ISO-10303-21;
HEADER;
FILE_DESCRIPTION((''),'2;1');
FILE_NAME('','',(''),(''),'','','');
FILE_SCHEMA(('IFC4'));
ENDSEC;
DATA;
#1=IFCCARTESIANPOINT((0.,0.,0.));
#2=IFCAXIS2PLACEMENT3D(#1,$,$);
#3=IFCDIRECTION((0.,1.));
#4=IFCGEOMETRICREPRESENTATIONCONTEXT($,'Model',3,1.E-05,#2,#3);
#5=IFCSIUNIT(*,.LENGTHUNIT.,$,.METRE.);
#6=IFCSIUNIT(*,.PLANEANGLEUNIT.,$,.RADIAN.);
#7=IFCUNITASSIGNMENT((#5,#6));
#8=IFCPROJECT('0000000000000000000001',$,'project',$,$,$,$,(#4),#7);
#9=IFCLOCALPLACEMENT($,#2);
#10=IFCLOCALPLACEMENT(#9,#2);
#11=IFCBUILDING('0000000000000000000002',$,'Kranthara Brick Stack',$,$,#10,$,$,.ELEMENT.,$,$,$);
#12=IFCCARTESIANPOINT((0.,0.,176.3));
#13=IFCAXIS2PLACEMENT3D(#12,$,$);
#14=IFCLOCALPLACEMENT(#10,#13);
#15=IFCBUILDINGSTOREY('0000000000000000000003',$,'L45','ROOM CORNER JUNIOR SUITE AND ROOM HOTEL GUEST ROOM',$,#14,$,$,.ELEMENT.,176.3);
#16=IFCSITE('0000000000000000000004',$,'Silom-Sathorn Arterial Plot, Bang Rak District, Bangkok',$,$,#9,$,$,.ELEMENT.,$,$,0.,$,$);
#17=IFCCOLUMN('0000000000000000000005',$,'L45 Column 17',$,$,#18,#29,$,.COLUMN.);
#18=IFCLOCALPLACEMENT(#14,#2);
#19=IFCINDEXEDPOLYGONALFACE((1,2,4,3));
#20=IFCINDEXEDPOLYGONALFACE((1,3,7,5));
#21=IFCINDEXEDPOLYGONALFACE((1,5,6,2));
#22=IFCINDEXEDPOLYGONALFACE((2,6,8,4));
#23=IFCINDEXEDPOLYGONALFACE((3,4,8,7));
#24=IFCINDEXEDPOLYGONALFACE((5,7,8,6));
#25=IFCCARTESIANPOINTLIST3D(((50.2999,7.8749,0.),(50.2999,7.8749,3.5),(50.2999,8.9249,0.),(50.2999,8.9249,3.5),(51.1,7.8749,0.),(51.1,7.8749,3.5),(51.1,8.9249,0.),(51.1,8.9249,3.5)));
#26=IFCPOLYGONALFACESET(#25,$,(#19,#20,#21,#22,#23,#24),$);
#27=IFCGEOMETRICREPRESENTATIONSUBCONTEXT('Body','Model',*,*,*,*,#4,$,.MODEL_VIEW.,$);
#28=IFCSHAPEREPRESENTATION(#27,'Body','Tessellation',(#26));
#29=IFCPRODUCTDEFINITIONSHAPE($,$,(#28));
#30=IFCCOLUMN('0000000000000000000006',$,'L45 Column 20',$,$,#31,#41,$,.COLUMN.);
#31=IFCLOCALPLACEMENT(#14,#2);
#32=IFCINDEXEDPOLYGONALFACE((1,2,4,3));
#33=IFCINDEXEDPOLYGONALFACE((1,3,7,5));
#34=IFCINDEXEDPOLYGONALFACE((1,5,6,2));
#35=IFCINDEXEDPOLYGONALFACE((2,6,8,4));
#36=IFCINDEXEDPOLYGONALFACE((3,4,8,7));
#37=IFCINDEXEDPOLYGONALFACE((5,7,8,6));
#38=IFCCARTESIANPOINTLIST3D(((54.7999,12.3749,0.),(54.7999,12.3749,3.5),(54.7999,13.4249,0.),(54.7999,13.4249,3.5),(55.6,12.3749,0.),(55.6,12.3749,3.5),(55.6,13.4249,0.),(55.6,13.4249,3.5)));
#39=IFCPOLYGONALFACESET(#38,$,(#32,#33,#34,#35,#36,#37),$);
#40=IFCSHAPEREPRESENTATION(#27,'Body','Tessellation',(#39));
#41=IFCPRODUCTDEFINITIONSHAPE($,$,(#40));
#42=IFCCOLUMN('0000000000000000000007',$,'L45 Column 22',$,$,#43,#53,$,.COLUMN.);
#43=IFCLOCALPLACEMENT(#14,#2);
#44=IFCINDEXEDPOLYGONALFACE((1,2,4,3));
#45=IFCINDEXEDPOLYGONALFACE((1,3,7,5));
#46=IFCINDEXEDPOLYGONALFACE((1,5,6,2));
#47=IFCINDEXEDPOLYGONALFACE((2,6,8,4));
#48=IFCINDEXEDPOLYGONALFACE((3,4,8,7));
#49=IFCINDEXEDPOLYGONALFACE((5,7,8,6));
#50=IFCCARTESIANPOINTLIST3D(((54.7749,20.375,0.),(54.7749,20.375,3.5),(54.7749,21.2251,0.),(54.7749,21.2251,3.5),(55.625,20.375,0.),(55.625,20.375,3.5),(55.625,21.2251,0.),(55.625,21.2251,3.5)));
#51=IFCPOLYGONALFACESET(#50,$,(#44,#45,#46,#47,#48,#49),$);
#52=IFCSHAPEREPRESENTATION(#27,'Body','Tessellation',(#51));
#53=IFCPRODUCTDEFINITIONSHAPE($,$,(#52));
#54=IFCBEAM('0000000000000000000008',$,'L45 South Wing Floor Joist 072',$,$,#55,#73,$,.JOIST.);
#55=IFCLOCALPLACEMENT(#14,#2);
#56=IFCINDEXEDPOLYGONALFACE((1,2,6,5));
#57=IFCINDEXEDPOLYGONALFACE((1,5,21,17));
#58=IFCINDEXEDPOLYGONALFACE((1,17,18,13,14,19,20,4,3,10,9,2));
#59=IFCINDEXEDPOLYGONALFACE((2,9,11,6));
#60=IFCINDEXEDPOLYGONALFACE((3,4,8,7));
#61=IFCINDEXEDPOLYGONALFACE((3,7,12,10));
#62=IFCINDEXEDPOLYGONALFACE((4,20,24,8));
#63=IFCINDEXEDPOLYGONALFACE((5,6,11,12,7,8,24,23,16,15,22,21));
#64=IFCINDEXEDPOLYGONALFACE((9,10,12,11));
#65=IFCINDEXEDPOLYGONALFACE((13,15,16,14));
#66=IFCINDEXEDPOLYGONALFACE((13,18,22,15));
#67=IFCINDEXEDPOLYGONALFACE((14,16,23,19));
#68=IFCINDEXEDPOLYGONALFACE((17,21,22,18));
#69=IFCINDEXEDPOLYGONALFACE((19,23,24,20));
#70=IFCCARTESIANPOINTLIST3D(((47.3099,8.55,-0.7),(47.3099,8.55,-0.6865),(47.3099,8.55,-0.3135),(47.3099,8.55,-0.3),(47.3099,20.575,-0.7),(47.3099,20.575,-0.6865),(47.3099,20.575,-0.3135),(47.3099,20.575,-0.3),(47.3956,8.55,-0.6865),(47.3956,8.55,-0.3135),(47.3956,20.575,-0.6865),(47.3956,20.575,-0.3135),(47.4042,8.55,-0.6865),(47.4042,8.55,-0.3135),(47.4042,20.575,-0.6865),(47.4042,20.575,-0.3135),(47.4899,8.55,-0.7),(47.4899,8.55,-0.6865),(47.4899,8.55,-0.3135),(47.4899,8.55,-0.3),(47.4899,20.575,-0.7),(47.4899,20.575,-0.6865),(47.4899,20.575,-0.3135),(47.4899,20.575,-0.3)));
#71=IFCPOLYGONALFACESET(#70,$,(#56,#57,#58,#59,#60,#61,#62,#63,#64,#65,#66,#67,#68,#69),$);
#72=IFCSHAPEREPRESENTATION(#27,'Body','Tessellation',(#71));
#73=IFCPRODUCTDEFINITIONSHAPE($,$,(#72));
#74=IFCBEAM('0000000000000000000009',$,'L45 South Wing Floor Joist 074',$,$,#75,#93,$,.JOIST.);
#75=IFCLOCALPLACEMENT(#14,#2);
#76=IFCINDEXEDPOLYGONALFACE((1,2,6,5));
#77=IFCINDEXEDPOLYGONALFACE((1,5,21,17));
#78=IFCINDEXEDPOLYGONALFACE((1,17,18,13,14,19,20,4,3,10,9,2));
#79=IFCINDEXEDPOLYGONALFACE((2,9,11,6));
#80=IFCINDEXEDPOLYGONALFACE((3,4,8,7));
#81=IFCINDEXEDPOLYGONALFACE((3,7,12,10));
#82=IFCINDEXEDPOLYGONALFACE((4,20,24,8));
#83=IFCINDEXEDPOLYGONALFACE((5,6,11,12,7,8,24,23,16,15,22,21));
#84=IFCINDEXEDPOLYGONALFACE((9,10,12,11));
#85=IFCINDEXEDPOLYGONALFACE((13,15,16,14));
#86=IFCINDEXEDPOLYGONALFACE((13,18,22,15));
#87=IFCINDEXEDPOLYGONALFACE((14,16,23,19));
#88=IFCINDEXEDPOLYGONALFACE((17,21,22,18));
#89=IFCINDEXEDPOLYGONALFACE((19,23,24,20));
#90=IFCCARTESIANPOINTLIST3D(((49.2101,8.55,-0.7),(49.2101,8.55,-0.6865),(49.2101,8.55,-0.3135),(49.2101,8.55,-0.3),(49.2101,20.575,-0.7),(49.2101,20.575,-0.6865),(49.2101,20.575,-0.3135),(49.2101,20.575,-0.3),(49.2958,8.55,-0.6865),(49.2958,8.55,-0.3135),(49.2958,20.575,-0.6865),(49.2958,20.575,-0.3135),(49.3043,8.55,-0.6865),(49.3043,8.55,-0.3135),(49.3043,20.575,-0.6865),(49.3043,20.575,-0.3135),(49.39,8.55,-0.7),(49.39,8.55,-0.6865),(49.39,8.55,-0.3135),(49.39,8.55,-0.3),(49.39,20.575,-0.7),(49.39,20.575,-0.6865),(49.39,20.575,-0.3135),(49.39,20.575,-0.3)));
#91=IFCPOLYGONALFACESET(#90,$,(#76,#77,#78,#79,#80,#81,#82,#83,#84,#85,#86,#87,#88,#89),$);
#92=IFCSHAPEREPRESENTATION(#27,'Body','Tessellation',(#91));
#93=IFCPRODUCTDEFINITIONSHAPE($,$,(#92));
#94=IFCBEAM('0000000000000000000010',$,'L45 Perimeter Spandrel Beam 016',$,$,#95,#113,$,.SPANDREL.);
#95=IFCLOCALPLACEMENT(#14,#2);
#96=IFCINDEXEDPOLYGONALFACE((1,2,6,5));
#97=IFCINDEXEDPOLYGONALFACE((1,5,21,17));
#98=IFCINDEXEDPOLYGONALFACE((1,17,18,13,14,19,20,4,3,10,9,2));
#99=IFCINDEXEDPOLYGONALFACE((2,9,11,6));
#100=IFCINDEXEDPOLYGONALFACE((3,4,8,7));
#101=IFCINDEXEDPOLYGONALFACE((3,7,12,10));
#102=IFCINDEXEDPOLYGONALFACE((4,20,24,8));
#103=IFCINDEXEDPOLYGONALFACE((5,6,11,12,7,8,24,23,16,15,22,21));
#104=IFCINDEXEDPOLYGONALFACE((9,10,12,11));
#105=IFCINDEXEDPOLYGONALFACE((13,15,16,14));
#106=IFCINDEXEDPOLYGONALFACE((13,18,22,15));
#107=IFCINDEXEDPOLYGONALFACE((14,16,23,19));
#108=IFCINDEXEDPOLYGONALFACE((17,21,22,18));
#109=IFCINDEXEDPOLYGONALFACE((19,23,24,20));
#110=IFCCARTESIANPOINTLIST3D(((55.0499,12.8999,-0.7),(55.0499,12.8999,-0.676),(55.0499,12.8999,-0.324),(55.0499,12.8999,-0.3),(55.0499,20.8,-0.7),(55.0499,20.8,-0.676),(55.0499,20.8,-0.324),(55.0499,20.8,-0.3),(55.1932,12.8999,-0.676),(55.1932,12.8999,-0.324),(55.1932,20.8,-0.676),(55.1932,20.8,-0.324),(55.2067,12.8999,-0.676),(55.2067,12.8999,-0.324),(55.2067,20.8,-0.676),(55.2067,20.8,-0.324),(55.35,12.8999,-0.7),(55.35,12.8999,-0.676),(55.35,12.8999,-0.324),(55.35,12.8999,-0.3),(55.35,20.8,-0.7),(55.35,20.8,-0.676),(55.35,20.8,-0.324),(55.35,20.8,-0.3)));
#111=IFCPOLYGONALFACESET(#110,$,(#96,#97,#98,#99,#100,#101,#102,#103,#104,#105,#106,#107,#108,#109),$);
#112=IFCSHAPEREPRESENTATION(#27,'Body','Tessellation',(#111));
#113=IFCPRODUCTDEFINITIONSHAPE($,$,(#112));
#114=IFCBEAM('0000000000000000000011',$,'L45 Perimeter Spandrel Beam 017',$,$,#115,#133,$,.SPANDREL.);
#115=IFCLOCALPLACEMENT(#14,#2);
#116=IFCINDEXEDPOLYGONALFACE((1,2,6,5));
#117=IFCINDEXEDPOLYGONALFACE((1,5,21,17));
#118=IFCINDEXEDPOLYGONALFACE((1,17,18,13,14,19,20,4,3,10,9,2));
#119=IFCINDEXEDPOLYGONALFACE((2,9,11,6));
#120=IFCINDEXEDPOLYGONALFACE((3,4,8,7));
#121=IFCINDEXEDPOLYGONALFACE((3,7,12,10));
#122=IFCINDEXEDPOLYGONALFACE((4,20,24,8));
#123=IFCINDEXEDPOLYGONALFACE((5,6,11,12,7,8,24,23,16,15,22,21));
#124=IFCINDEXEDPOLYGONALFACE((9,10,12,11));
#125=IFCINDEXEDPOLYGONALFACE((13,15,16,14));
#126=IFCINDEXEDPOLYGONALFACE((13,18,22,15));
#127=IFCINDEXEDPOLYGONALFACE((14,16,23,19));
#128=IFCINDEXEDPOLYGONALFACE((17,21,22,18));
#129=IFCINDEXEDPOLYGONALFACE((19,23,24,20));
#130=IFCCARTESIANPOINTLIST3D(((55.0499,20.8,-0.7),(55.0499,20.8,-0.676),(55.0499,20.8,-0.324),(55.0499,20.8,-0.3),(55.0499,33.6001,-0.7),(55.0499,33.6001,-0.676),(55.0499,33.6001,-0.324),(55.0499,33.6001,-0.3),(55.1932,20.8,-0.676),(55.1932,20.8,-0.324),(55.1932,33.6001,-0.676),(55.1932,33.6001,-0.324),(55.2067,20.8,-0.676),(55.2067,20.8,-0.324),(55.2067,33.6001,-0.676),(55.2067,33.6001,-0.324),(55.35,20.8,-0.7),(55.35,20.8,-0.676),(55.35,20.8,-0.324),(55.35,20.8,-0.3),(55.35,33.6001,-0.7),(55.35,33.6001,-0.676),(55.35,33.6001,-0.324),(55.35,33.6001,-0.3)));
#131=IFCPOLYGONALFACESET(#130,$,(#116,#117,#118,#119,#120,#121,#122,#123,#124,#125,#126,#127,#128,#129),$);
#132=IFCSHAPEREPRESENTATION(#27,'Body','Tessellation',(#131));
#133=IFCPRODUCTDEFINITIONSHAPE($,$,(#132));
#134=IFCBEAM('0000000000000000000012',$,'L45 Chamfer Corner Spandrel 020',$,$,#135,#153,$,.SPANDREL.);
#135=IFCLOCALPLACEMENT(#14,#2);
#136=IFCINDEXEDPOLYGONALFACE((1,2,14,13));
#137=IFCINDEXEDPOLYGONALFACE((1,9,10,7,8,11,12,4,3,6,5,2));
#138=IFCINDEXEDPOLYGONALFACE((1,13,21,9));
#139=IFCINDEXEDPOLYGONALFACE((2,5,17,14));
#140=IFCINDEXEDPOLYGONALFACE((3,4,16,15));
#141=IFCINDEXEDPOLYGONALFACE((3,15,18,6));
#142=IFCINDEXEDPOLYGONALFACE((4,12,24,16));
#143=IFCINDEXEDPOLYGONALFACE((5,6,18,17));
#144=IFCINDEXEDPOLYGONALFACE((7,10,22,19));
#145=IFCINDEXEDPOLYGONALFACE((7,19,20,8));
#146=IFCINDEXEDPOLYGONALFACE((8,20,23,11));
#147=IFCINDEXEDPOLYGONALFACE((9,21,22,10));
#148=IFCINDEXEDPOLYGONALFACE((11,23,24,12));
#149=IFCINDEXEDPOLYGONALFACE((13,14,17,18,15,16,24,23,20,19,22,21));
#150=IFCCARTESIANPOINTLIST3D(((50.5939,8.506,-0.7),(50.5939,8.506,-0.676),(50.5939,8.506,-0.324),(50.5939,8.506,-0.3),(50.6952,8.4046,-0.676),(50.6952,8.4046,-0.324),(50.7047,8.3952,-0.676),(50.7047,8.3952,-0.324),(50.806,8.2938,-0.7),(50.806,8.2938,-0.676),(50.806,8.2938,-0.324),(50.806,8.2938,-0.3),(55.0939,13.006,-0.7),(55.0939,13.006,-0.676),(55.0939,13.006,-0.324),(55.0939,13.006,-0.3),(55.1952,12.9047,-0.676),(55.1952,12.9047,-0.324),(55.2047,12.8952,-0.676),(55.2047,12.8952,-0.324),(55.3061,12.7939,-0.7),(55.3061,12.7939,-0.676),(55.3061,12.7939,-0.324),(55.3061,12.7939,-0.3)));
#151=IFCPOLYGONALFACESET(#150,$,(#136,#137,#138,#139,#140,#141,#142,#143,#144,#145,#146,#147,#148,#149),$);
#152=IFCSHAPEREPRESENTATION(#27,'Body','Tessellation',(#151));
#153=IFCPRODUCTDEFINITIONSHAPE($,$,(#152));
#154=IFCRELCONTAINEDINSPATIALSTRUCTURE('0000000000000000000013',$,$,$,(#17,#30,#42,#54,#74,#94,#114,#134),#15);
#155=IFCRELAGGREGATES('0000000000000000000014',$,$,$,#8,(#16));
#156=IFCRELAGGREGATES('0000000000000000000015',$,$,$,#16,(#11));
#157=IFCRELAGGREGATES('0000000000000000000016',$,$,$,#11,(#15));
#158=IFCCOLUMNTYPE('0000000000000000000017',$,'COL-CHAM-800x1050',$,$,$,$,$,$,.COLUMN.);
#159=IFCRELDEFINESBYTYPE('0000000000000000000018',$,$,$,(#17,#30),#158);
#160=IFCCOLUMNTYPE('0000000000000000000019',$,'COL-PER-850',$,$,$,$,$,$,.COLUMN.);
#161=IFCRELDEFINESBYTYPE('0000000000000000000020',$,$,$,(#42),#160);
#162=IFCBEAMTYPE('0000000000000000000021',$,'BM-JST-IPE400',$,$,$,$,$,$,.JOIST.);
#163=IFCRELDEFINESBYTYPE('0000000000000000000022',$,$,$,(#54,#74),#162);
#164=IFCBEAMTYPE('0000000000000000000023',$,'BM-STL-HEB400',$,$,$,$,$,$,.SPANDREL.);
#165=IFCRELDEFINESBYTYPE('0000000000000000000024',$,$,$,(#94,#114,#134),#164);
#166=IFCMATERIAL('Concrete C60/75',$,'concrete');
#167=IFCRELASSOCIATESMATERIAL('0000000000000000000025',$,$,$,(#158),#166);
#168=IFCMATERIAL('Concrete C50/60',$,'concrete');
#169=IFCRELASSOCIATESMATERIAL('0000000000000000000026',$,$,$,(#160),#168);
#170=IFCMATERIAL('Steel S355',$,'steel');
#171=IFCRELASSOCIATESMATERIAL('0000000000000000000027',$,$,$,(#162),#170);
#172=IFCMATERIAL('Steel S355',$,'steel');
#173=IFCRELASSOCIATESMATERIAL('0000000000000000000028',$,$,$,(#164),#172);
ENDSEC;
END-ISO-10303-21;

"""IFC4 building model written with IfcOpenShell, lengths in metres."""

from ifc_helpers import new_model, si_unit, direction, frame, origin, origin_2d, place, context, subcontext, project, spatial, rectangle, i_section, extrude, material, material_profile, profile_set, type_object, element, save


model = new_model("IFC4")

# Units and contexts
model_context = context("Model", 3, precision=1e-05, world=origin(), true_north=direction((0.0, 1.0)))
body_context = subcontext(model_context, "Body", "Model", "MODEL_VIEW")
ifc_project = project(units=[si_unit("LENGTHUNIT", "METRE"), si_unit("PLANEANGLEUNIT", "RADIAN")], contexts=[model_context])

# Site, building, storey
site_placement = place(None, origin())
site = spatial("IfcSite", under=ifc_project, at=site_placement, Name="Silom-Sathorn Arterial Plot, Bang Rak District, Bangkok", CompositionType="ELEMENT", RefElevation=0.0)
building_placement = place(site_placement, origin())
building = spatial("IfcBuilding", under=site, at=building_placement, Name="Kranthara Brick Stack", CompositionType="ELEMENT")
storey_placement = place(building_placement, frame((0.0, 0.0, 176.3)))
storey = spatial("IfcBuildingStorey", under=building, at=storey_placement, Name="L45", Description="ROOM CORNER JUNIOR SUITE AND ROOM HOTEL GUEST ROOM", CompositionType="ELEMENT", Elevation=176.3)

# Columns
ifc_material_1 = material(Name="Concrete C60/75", Category="concrete")
ifc_material_profile_1 = material_profile(ifc_material_1, rectangle(XDim=0.8, YDim=1.05, at=origin_2d()), Name="RC 800x1050")
ifc_profile_set_1 = profile_set([ifc_material_profile_1], Name="Concrete C60/75")
column_type_1 = type_object("IfcColumnType", Name="COL-CHAM-800x1050", PredefinedType="COLUMN", material=ifc_profile_set_1)
for number, where, z_axis, x_axis, name in (
    (1, (50.7, 8.3999, 0.0), (0.0, 0.0, 1.0), (1.0, 0.0, 0.0), "L45 Column 17"),
    (2, (55.2, 12.8999, 0.0), (0.0, 0.0, 1.0), (1.0, 0.0, 0.0), "L45 Column 20"),
):
    element("IfcColumn", number, at=place(storey_placement, frame(where, z_axis=z_axis, x_axis=x_axis)), inside=storey, type_object=column_type_1, Name=name, PredefinedType="COLUMN", context=body_context, shape_type="SweptSolid", body=[
        extrude(rectangle(XDim=0.8, YDim=1.05, at=origin_2d()), origin(), (0.0, 0.0, 1.0), 3.5),
    ])
ifc_material_2 = material(Name="Concrete C50/60", Category="concrete")
ifc_material_profile_2 = material_profile(ifc_material_2, rectangle(XDim=0.8501, YDim=0.8501, at=origin_2d()), Name="RC 850x850")
ifc_profile_set_2 = profile_set([ifc_material_profile_2], Name="Concrete C50/60")
column_type_2 = type_object("IfcColumnType", Name="COL-PER-850", PredefinedType="COLUMN", material=ifc_profile_set_2)
column_placement = place(storey_placement, frame((55.2, 20.8, 0.0), z_axis=(0.0, 0.0, 1.0), x_axis=(1.0, 0.0, 0.0)))
element("IfcColumn", 3, at=column_placement, inside=storey, type_object=column_type_2, Name="L45 Column 22", PredefinedType="COLUMN", context=body_context, shape_type="SweptSolid", body=[
    extrude(rectangle(XDim=0.8501, YDim=0.8501, at=origin_2d()), origin(), (0.0, 0.0, 1.0), 3.5),
])

# Beams
ifc_material_3 = material(Name="Steel S355", Category="steel")
ifc_material_profile_3 = material_profile(ifc_material_3, i_section(OverallWidth=0.1799, OverallDepth=0.3999, WebThickness=0.0085, FlangeThickness=0.0134, at=origin_2d()), Name="IPE 400")
ifc_profile_set_3 = profile_set([ifc_material_profile_3], Name="Steel S355")
beam_type_1 = type_object("IfcBeamType", Name="BM-JST-IPE400", PredefinedType="JOIST", material=ifc_profile_set_3)
for number, where, z_axis, x_axis, name in (
    (4, (47.3999, 8.55, -0.5), (0.0, 1.0, 0.0), (-1.0, 0.0, 0.0), "L45 South Wing Floor Joist 072"),
    (5, (49.3, 8.55, -0.5), (0.0, 1.0, 0.0), (-1.0, 0.0, 0.0), "L45 South Wing Floor Joist 074"),
):
    element("IfcBeam", number, at=place(storey_placement, frame(where, z_axis=z_axis, x_axis=x_axis)), inside=storey, type_object=beam_type_1, Name=name, PredefinedType="JOIST", context=body_context, shape_type="SweptSolid", body=[
        extrude(i_section(OverallWidth=0.1799, OverallDepth=0.3999, WebThickness=0.0085, FlangeThickness=0.0134, at=origin_2d()), origin(), (0.0, 0.0, 1.0), 12.0249),
    ])
ifc_material_4 = material(Name="Steel S355", Category="steel")
ifc_material_profile_4 = material_profile(ifc_material_4, i_section(OverallWidth=0.3, OverallDepth=0.3999, WebThickness=0.0134, FlangeThickness=0.0239, at=origin_2d()), Name="HEB 400")
ifc_profile_set_4 = profile_set([ifc_material_profile_4], Name="Steel S355")
beam_type_2 = type_object("IfcBeamType", Name="BM-STL-HEB400", PredefinedType="SPANDREL", material=ifc_profile_set_4)
beam_1_placement = place(storey_placement, frame((55.2, 12.8999, -0.5), z_axis=(0.0, 1.0, 0.0), x_axis=(-1.0, 0.0, 0.0)))
element("IfcBeam", 6, at=beam_1_placement, inside=storey, type_object=beam_type_2, Name="L45 Perimeter Spandrel Beam 016", PredefinedType="SPANDREL", context=body_context, shape_type="SweptSolid", body=[
    extrude(i_section(OverallWidth=0.3, OverallDepth=0.3999, WebThickness=0.0134, FlangeThickness=0.0239, at=origin_2d()), origin(), (0.0, 0.0, 1.0), 7.9001),
])
beam_2_placement = place(storey_placement, frame((55.2, 20.8, -0.5), z_axis=(0.0, 1.0, 0.0), x_axis=(-1.0, 0.0, 0.0)))
element("IfcBeam", 7, at=beam_2_placement, inside=storey, type_object=beam_type_2, Name="L45 Perimeter Spandrel Beam 017", PredefinedType="SPANDREL", context=body_context, shape_type="SweptSolid", body=[
    extrude(i_section(OverallWidth=0.3, OverallDepth=0.3999, WebThickness=0.0134, FlangeThickness=0.0239, at=origin_2d()), origin(), (0.0, 0.0, 1.0), 12.8),
])
beam_3_placement = place(storey_placement, frame((50.7, 8.3999, -0.5), z_axis=(0.707107, 0.707107, 0.0), x_axis=(-0.707107, 0.707107, 0.0)))
element("IfcBeam", 8, at=beam_3_placement, inside=storey, type_object=beam_type_2, Name="L45 Chamfer Corner Spandrel 020", PredefinedType="SPANDREL", context=body_context, shape_type="SweptSolid", body=[
    extrude(i_section(OverallWidth=0.3, OverallDepth=0.3999, WebThickness=0.0134, FlangeThickness=0.0239, at=origin_2d()), origin(), (0.0, 0.0, 1.0), 6.364),
])

save(model, "model.ifc")
